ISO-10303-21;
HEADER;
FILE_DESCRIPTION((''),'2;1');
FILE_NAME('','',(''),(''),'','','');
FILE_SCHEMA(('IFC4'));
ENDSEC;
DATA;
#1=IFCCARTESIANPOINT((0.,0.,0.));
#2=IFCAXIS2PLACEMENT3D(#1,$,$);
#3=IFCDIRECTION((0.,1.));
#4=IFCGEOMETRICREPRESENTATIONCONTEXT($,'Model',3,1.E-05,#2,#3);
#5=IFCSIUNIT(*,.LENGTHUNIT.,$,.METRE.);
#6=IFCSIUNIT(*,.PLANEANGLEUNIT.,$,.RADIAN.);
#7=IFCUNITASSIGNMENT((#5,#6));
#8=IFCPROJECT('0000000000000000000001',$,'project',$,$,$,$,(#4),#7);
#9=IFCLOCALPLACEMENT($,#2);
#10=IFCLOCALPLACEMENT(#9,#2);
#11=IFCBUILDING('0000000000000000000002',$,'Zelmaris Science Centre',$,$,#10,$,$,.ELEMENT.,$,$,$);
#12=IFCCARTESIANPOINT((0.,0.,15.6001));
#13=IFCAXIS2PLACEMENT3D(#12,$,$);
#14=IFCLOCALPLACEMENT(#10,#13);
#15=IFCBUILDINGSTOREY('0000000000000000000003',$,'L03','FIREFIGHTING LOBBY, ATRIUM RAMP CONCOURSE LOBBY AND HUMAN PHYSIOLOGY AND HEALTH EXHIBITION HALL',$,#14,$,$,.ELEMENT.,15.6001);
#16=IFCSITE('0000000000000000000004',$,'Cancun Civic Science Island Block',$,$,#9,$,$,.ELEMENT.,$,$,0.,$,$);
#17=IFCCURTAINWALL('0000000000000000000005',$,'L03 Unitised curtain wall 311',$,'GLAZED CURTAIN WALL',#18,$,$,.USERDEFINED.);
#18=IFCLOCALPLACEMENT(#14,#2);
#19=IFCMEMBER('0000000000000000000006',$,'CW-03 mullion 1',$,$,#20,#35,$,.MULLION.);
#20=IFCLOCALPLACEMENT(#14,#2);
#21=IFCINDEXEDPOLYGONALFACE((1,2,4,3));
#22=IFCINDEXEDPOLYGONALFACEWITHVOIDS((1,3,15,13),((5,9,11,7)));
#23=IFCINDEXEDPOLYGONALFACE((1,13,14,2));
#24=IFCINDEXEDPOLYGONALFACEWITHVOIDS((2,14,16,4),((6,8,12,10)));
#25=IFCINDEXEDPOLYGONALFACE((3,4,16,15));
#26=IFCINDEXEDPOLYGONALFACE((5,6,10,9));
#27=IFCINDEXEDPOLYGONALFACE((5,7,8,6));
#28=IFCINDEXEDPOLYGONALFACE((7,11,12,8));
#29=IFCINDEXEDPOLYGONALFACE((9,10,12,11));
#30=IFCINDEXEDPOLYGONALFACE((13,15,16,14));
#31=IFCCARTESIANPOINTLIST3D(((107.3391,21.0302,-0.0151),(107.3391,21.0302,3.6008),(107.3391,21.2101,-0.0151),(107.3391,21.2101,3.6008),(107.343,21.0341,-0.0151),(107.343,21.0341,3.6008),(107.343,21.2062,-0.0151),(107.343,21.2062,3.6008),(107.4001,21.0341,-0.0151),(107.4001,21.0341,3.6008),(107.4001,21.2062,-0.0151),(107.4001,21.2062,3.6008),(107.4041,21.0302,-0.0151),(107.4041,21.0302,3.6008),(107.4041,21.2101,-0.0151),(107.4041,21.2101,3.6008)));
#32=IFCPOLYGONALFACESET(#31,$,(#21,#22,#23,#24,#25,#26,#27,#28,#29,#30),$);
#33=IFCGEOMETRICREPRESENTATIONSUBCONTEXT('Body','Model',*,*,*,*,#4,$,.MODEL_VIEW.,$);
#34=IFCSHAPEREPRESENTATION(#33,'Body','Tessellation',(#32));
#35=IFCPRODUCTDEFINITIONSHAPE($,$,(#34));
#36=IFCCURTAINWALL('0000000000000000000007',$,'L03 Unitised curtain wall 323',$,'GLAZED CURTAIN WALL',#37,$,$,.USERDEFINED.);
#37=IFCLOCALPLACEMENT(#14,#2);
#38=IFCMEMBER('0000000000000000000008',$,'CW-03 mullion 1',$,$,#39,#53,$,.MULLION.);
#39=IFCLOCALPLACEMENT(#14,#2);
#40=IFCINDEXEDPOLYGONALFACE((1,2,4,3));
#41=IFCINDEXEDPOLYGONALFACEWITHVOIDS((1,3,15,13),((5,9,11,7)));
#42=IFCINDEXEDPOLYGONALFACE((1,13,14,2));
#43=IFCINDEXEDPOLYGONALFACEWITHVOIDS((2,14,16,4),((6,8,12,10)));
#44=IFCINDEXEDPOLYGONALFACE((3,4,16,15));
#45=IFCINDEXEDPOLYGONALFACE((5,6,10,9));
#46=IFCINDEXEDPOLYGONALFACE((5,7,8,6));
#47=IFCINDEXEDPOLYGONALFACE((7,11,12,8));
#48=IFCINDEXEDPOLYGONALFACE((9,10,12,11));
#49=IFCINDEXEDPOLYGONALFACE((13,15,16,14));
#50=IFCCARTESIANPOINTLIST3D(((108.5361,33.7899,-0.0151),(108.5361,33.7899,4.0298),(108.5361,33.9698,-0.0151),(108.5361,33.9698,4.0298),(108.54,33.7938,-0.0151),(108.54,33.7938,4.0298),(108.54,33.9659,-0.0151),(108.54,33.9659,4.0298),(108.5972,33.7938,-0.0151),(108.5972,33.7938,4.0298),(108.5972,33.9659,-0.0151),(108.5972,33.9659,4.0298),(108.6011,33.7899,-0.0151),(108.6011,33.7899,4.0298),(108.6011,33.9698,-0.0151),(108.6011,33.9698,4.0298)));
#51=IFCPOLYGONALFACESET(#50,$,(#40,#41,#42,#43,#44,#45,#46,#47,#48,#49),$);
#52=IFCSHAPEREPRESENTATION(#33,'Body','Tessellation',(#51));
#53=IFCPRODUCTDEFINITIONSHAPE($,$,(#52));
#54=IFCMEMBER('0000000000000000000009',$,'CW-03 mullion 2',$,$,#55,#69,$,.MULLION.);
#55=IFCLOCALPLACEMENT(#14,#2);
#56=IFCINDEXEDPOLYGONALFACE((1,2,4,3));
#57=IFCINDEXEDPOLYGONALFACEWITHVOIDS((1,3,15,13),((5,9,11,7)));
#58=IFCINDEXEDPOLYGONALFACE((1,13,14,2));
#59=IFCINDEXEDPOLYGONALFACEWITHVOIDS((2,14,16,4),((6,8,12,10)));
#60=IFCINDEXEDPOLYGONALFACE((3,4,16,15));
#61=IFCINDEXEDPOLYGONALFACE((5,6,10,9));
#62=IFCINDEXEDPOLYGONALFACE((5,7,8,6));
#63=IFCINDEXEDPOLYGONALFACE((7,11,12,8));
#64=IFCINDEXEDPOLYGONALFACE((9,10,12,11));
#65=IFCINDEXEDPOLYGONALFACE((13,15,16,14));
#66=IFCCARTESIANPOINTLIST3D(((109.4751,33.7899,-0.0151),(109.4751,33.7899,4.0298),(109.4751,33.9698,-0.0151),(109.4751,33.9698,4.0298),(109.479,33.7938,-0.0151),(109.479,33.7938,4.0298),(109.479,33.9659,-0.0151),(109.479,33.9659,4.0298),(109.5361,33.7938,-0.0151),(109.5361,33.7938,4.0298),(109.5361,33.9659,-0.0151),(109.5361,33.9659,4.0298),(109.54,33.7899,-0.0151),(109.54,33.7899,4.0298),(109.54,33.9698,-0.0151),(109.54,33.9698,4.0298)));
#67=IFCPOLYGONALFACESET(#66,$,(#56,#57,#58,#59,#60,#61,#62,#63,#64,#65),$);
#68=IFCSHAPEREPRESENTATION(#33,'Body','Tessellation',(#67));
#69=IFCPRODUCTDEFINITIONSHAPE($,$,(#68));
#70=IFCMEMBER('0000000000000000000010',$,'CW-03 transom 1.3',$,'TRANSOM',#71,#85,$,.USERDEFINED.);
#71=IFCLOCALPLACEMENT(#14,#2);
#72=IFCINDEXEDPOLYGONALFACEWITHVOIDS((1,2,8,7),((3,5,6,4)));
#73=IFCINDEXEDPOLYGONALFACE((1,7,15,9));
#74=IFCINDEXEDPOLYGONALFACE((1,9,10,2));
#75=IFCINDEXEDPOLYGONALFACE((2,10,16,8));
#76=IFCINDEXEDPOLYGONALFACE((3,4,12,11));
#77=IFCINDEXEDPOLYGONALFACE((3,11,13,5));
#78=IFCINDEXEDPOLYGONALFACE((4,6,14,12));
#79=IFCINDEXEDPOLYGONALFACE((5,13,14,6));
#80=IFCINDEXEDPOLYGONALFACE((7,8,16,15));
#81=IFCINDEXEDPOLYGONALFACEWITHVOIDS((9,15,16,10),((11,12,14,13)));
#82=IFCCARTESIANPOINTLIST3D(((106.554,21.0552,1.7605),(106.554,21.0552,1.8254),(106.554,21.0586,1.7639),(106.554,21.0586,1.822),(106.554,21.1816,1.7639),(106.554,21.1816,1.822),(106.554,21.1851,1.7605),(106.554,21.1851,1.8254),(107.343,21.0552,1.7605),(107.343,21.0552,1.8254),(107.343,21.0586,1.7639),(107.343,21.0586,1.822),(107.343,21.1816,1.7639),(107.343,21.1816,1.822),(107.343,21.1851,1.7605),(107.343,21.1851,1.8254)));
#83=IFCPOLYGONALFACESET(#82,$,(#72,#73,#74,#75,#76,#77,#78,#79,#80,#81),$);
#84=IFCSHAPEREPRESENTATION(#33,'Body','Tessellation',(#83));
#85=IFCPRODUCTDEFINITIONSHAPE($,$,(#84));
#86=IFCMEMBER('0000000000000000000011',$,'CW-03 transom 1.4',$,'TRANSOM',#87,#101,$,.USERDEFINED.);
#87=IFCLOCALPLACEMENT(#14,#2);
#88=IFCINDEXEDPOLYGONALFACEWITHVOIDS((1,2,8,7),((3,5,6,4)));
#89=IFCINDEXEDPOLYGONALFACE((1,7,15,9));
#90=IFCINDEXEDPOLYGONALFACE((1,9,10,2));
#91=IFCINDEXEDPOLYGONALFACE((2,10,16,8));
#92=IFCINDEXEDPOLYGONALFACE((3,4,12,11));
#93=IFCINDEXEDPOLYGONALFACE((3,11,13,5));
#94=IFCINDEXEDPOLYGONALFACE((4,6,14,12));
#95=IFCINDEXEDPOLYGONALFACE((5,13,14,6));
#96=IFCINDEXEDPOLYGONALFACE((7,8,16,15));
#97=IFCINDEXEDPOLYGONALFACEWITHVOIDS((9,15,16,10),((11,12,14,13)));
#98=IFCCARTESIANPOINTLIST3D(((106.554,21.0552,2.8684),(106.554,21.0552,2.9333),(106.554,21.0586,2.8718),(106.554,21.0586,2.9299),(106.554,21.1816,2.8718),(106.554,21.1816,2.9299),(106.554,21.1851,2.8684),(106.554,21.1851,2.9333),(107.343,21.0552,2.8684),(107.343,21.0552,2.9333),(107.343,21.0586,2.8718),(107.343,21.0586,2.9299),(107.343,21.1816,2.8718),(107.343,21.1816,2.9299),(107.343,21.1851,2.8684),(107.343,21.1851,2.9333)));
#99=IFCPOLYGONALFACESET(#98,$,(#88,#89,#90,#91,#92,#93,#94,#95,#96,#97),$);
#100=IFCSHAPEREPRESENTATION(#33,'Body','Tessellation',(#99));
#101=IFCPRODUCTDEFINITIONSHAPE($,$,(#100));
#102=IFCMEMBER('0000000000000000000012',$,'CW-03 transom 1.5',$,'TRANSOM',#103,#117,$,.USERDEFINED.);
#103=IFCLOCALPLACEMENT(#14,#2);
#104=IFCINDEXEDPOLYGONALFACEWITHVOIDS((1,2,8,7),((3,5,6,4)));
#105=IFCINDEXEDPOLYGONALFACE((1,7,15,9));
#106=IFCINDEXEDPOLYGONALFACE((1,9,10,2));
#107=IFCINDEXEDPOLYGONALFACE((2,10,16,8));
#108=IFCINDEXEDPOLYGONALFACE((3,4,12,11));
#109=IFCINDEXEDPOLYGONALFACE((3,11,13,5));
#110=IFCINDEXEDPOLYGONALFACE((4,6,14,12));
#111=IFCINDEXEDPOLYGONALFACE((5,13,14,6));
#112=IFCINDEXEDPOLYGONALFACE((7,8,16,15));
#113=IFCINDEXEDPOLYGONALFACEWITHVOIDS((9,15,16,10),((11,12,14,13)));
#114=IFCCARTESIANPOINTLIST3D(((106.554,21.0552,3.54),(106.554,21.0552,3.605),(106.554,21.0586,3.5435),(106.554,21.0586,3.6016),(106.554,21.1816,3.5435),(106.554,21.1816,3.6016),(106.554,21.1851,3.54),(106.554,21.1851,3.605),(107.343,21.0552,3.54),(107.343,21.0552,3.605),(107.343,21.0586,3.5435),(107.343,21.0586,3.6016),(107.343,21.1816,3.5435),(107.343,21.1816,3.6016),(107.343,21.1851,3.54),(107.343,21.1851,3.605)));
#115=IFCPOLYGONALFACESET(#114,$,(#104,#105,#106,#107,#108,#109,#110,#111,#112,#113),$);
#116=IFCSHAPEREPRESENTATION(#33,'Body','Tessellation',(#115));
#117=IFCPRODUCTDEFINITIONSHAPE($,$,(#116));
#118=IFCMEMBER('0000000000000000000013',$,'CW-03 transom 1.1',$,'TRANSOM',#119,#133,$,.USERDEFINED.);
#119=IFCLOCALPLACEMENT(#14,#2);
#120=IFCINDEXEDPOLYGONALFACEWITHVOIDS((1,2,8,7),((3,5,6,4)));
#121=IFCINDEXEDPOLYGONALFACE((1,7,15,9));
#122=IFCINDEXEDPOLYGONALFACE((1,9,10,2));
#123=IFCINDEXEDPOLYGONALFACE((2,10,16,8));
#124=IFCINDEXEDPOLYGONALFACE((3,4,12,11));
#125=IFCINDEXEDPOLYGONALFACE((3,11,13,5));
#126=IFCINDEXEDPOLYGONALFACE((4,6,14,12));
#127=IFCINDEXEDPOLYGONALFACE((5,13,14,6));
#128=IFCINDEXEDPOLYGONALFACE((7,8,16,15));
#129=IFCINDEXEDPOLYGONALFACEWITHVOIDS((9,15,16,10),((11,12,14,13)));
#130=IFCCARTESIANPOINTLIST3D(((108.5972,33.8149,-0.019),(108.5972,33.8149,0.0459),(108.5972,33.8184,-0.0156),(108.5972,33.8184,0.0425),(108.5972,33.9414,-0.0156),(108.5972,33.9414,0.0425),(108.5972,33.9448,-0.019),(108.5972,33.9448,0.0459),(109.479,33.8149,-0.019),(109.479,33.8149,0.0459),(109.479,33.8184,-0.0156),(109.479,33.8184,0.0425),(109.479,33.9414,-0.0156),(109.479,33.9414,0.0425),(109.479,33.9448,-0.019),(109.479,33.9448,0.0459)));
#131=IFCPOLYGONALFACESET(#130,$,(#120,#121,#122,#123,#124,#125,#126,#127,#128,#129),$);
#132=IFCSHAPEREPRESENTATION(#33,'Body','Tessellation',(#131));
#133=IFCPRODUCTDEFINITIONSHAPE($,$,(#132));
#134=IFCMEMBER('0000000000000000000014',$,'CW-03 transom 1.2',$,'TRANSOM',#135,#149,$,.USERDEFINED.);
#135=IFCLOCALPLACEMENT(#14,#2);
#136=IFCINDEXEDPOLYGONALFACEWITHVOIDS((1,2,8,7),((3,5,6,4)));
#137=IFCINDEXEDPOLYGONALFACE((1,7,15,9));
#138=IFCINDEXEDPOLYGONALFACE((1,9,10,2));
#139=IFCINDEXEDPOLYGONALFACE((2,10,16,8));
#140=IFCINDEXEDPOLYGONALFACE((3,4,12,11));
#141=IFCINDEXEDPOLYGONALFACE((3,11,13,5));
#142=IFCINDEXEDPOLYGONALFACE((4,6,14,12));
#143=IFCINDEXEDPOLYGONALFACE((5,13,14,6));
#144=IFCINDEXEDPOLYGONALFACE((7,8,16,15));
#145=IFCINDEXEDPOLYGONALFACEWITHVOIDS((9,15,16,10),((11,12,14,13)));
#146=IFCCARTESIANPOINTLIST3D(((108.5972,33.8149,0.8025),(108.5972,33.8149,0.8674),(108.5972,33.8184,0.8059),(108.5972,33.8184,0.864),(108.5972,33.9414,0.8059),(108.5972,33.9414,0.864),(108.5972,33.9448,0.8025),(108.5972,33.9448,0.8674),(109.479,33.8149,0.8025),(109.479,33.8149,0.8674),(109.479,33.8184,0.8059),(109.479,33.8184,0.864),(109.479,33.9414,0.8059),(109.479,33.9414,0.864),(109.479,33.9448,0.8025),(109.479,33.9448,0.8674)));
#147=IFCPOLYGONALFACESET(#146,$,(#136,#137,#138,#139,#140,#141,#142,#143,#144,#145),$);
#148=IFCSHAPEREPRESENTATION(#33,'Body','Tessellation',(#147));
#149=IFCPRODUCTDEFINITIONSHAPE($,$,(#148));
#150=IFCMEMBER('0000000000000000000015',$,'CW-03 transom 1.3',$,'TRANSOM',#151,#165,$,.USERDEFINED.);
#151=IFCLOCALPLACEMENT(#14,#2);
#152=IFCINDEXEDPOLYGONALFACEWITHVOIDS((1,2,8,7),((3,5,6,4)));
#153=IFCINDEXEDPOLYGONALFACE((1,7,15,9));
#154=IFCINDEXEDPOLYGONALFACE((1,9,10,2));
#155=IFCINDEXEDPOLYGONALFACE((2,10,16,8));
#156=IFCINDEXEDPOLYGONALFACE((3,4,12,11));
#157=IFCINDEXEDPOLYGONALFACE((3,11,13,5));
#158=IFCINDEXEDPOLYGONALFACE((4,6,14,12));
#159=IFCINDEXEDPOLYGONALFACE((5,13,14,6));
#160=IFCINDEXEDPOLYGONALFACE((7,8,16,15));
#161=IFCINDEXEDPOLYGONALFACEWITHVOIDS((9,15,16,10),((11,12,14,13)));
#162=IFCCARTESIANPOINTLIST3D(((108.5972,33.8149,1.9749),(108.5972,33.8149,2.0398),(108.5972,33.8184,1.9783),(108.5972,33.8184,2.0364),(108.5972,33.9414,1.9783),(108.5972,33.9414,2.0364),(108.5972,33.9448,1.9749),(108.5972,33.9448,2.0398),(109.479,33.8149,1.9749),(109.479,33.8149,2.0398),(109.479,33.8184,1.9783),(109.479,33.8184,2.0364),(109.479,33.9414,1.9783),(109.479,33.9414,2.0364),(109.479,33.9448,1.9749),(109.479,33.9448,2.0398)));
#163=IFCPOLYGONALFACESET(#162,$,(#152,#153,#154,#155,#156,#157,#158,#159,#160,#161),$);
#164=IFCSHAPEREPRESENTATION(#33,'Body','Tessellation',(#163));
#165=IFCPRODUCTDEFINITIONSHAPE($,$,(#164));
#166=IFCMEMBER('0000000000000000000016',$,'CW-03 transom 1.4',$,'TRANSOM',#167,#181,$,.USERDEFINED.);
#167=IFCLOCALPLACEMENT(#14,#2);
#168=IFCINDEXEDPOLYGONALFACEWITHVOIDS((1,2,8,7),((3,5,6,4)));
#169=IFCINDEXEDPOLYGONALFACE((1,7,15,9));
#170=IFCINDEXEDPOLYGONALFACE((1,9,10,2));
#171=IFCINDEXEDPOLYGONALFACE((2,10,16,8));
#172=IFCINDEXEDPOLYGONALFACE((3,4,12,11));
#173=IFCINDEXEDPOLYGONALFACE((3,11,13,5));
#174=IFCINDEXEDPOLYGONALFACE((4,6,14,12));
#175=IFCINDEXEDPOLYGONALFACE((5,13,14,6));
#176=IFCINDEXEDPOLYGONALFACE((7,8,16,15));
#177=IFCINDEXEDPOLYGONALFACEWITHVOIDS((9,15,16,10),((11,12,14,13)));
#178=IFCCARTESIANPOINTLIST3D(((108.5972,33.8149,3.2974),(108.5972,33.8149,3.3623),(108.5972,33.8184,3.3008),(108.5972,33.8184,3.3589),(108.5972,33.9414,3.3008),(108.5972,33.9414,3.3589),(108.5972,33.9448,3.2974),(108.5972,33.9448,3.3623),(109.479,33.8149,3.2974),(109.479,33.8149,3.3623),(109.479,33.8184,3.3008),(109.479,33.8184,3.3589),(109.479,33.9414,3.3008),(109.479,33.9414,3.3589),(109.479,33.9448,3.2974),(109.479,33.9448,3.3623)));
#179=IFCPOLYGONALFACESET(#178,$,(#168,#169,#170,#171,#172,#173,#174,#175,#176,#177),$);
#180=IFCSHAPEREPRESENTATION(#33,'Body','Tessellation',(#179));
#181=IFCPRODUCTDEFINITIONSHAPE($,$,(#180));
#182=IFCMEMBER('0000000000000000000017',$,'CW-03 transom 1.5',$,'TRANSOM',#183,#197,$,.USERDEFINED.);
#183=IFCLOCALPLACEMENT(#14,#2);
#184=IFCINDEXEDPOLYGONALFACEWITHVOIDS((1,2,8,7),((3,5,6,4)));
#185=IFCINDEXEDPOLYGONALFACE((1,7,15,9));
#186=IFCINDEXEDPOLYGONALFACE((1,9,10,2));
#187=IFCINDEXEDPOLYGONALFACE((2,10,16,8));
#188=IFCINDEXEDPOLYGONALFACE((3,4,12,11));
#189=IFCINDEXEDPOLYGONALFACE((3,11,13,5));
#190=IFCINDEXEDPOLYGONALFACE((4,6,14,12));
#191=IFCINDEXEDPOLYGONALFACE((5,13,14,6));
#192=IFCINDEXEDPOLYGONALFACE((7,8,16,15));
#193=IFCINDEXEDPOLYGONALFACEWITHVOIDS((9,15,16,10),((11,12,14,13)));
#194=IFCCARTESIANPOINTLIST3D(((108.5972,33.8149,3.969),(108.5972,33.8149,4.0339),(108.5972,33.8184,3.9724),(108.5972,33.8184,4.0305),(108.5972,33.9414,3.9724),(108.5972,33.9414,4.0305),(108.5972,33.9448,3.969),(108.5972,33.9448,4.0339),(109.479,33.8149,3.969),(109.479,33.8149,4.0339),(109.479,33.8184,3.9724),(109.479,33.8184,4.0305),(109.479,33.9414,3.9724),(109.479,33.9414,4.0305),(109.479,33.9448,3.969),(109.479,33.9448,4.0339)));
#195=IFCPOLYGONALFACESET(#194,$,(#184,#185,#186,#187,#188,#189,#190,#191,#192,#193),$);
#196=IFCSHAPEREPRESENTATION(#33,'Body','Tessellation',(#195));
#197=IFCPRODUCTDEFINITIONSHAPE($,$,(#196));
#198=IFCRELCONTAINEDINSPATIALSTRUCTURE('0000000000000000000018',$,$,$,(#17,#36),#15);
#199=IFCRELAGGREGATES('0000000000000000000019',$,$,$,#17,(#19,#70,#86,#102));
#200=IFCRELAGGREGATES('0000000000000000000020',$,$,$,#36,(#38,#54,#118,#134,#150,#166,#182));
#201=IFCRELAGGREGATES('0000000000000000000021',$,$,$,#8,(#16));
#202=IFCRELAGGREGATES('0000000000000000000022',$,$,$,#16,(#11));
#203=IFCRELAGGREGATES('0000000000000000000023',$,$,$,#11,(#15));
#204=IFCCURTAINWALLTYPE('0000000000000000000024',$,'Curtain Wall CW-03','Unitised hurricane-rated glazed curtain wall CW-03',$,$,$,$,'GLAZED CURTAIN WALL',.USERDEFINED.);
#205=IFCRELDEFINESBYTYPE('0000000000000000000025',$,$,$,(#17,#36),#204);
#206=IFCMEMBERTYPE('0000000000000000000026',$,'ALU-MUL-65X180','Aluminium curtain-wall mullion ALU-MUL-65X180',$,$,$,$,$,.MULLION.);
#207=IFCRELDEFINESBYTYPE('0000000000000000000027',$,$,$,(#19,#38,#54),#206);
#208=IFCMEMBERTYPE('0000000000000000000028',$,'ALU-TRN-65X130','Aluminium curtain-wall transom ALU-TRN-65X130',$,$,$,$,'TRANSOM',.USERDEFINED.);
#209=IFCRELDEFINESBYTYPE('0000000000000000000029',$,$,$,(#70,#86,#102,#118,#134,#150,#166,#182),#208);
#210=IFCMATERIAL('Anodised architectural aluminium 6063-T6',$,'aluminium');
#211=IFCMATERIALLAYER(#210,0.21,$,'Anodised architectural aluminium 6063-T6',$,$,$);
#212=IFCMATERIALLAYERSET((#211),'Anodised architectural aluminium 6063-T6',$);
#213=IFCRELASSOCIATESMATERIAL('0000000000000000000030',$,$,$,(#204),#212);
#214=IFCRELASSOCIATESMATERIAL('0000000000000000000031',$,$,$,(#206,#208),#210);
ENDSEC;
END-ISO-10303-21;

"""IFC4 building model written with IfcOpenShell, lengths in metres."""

from ifc_helpers import new_model, si_unit, direction, frame, origin, origin_2d, place, context, subcontext, project, spatial, hollow_rectangle, extrude, material, layer, layer_set, material_profile, profile_set, type_object, element, aggregate, save


model = new_model("IFC4")

# Units and contexts
model_context = context("Model", 3, precision=1e-05, world=origin(), true_north=direction((0.0, 1.0)))
body_context = subcontext(model_context, "Body", "Model", "MODEL_VIEW")
ifc_project = project(units=[si_unit("LENGTHUNIT", "METRE"), si_unit("PLANEANGLEUNIT", "RADIAN")], contexts=[model_context])

# Site, building, storey
site_placement = place(None, origin())
site = spatial("IfcSite", under=ifc_project, at=site_placement, Name="Cancun Civic Science Island Block", CompositionType="ELEMENT", RefElevation=0.0)
building_placement = place(site_placement, origin())
building = spatial("IfcBuilding", under=site, at=building_placement, Name="Zelmaris Science Centre", CompositionType="ELEMENT")
storey_placement = place(building_placement, frame((0.0, 0.0, 15.6001)))
storey = spatial("IfcBuildingStorey", under=building, at=storey_placement, Name="L03", Description="FIREFIGHTING LOBBY, ATRIUM RAMP CONCOURSE LOBBY AND HUMAN PHYSIOLOGY AND HEALTH EXHIBITION HALL", CompositionType="ELEMENT", Elevation=15.6001)

# Curtain wall, member
ifc_material_1 = material(Name="Anodised architectural aluminium 6063-T6", Category="aluminium")
ifc_layer_1 = layer(ifc_material_1, 0.21, Name="Anodised architectural aluminium 6063-T6")
ifc_layer_set_1 = layer_set([ifc_layer_1], Name="Anodised architectural aluminium 6063-T6")
curtain_wall_type = type_object("IfcCurtainWallType", Name="Curtain Wall CW-03", Description="Unitised hurricane-rated glazed curtain wall CW-03", ElementType="GLAZED CURTAIN WALL", PredefinedType="USERDEFINED", material=ifc_layer_set_1)
curtain_wall_1_placement = place(storey_placement, origin())
curtain_wall_1 = element("IfcCurtainWall", 1, at=curtain_wall_1_placement, inside=storey, type_object=curtain_wall_type, Name="L03 Unitised curtain wall 311", ObjectType="GLAZED CURTAIN WALL", PredefinedType="USERDEFINED")
ifc_material_profile_1 = material_profile(ifc_material_1, hollow_rectangle(XDim=0.0649, YDim=0.1799, WallThickness=0.0039, at=origin_2d()), Name="ALU-MUL-65X180")
ifc_profile_set_1 = profile_set([ifc_material_profile_1], Name="Anodised architectural aluminium 6063-T6")
member_type_1 = type_object("IfcMemberType", Name="ALU-MUL-65X180", Description="Aluminium curtain-wall mullion ALU-MUL-65X180", PredefinedType="MULLION", material=ifc_profile_set_1)
member_1_placement = place(storey_placement, frame((107.3716, 21.1201, -0.0151), z_axis=(0.0, 0.0, 1.0), x_axis=(-1.0, 0.000005, 0.0)))
member_1 = element("IfcMember", 2, at=member_1_placement, type_object=member_type_1, Name="CW-03 mullion 1", PredefinedType="MULLION", context=body_context, shape_type="SweptSolid", body=[
    extrude(hollow_rectangle(XDim=0.0649, YDim=0.1799, WallThickness=0.0039, at=origin_2d()), origin(), (0.0, 0.0, 1.0), 3.616),
])

# Curtain wall, members
curtain_wall_2_placement = place(storey_placement, origin())
curtain_wall_2 = element("IfcCurtainWall", 3, at=curtain_wall_2_placement, inside=storey, type_object=curtain_wall_type, Name="L03 Unitised curtain wall 323", ObjectType="GLAZED CURTAIN WALL", PredefinedType="USERDEFINED")
member_2_placement = place(storey_placement, frame((108.5686, 33.8799, -0.0151), z_axis=(0.0, 0.0, 1.0), x_axis=(1.0, 0.000007, 0.0)))
member_2 = element("IfcMember", 4, at=member_2_placement, type_object=member_type_1, Name="CW-03 mullion 1", PredefinedType="MULLION", context=body_context, shape_type="SweptSolid", body=[
    extrude(hollow_rectangle(XDim=0.0649, YDim=0.1799, WallThickness=0.0039, at=origin_2d()), origin(), (0.0, 0.0, 1.0), 4.0449),
])
member_3_placement = place(storey_placement, frame((109.5076, 33.8799, -0.0151), z_axis=(0.0, 0.0, 1.0), x_axis=(1.0, 0.000007, 0.0)))
member_3 = element("IfcMember", 5, at=member_3_placement, type_object=member_type_1, Name="CW-03 mullion 2", PredefinedType="MULLION", context=body_context, shape_type="SweptSolid", body=[
    extrude(hollow_rectangle(XDim=0.0649, YDim=0.1799, WallThickness=0.0039, at=origin_2d()), origin(), (0.0, 0.0, 1.0), 4.0449),
])

# Members
ifc_material_profile_2 = material_profile(ifc_material_1, hollow_rectangle(XDim=0.0649, YDim=0.1299, WallThickness=0.0034, at=origin_2d()), Name="ALU-TRN-65X130")
ifc_profile_set_2 = profile_set([ifc_material_profile_2], Name="Anodised architectural aluminium 6063-T6")
member_type_2 = type_object("IfcMemberType", Name="ALU-TRN-65X130", Description="Aluminium curtain-wall transom ALU-TRN-65X130", ElementType="TRANSOM", PredefinedType="USERDEFINED", material=ifc_profile_set_2)
member_4_placement = place(storey_placement, frame((107.343, 21.1201, 1.793), z_axis=(-1.0, 0.0, 0.0), x_axis=(0.0, 0.0, 1.0)))
member_4 = element("IfcMember", 6, at=member_4_placement, type_object=member_type_2, Name="CW-03 transom 1.3", ObjectType="TRANSOM", PredefinedType="USERDEFINED", context=body_context, shape_type="SweptSolid", body=[
    extrude(hollow_rectangle(XDim=0.0649, YDim=0.1299, WallThickness=0.0034, at=origin_2d()), origin(), (0.0, 0.0, 1.0), 0.7891),
])
member_5_placement = place(storey_placement, frame((107.343, 21.1201, 2.9009), z_axis=(-1.0, 0.0, 0.0), x_axis=(0.0, 0.0, 1.0)))
member_5 = element("IfcMember", 7, at=member_5_placement, type_object=member_type_2, Name="CW-03 transom 1.4", ObjectType="TRANSOM", PredefinedType="USERDEFINED", context=body_context, shape_type="SweptSolid", body=[
    extrude(hollow_rectangle(XDim=0.0649, YDim=0.1299, WallThickness=0.0034, at=origin_2d()), origin(), (0.0, 0.0, 1.0), 0.7891),
])
member_6_placement = place(storey_placement, frame((107.343, 21.1201, 3.5725), z_axis=(-1.0, 0.0, 0.0), x_axis=(0.0, 0.0, 1.0)))
member_6 = element("IfcMember", 8, at=member_6_placement, type_object=member_type_2, Name="CW-03 transom 1.5", ObjectType="TRANSOM", PredefinedType="USERDEFINED", context=body_context, shape_type="SweptSolid", body=[
    extrude(hollow_rectangle(XDim=0.0649, YDim=0.1299, WallThickness=0.0034, at=origin_2d()), origin(), (0.0, 0.0, 1.0), 0.7891),
])
aggregate(curtain_wall_1, [member_1, member_4, member_5, member_6])
member_7_placement = place(storey_placement, frame((108.5972, 33.8799, 0.0134), z_axis=(1.0, 0.0, 0.0), x_axis=(0.0, 0.0, 1.0)))
member_7 = element("IfcMember", 9, at=member_7_placement, type_object=member_type_2, Name="CW-03 transom 1.1", ObjectType="TRANSOM", PredefinedType="USERDEFINED", context=body_context, shape_type="SweptSolid", body=[
    extrude(hollow_rectangle(XDim=0.0649, YDim=0.1299, WallThickness=0.0034, at=origin_2d()), origin(), (0.0, 0.0, 1.0), 0.8818),
])
member_8_placement = place(storey_placement, frame((108.5972, 33.8799, 0.835), z_axis=(1.0, 0.0, 0.0), x_axis=(0.0, 0.0, 1.0)))
member_8 = element("IfcMember", 10, at=member_8_placement, type_object=member_type_2, Name="CW-03 transom 1.2", ObjectType="TRANSOM", PredefinedType="USERDEFINED", context=body_context, shape_type="SweptSolid", body=[
    extrude(hollow_rectangle(XDim=0.0649, YDim=0.1299, WallThickness=0.0034, at=origin_2d()), origin(), (0.0, 0.0, 1.0), 0.8818),
])
member_9_placement = place(storey_placement, frame((108.5972, 33.8799, 2.0073), z_axis=(1.0, 0.0, 0.0), x_axis=(0.0, 0.0, 1.0)))
member_9 = element("IfcMember", 11, at=member_9_placement, type_object=member_type_2, Name="CW-03 transom 1.3", ObjectType="TRANSOM", PredefinedType="USERDEFINED", context=body_context, shape_type="SweptSolid", body=[
    extrude(hollow_rectangle(XDim=0.0649, YDim=0.1299, WallThickness=0.0034, at=origin_2d()), origin(), (0.0, 0.0, 1.0), 0.8818),
])
member_10_placement = place(storey_placement, frame((108.5972, 33.8799, 3.3298), z_axis=(1.0, 0.0, 0.0), x_axis=(0.0, 0.0, 1.0)))
member_10 = element("IfcMember", 12, at=member_10_placement, type_object=member_type_2, Name="CW-03 transom 1.4", ObjectType="TRANSOM", PredefinedType="USERDEFINED", context=body_context, shape_type="SweptSolid", body=[
    extrude(hollow_rectangle(XDim=0.0649, YDim=0.1299, WallThickness=0.0034, at=origin_2d()), origin(), (0.0, 0.0, 1.0), 0.8818),
])
member_11_placement = place(storey_placement, frame((108.5972, 33.8799, 4.0015), z_axis=(1.0, 0.0, 0.0), x_axis=(0.0, 0.0, 1.0)))
member_11 = element("IfcMember", 13, at=member_11_placement, type_object=member_type_2, Name="CW-03 transom 1.5", ObjectType="TRANSOM", PredefinedType="USERDEFINED", context=body_context, shape_type="SweptSolid", body=[
    extrude(hollow_rectangle(XDim=0.0649, YDim=0.1299, WallThickness=0.0034, at=origin_2d()), origin(), (0.0, 0.0, 1.0), 0.8818),
])

aggregate(curtain_wall_2, [member_2, member_3, member_7, member_8, member_9, member_10, member_11])

save(model, "model.ifc")
